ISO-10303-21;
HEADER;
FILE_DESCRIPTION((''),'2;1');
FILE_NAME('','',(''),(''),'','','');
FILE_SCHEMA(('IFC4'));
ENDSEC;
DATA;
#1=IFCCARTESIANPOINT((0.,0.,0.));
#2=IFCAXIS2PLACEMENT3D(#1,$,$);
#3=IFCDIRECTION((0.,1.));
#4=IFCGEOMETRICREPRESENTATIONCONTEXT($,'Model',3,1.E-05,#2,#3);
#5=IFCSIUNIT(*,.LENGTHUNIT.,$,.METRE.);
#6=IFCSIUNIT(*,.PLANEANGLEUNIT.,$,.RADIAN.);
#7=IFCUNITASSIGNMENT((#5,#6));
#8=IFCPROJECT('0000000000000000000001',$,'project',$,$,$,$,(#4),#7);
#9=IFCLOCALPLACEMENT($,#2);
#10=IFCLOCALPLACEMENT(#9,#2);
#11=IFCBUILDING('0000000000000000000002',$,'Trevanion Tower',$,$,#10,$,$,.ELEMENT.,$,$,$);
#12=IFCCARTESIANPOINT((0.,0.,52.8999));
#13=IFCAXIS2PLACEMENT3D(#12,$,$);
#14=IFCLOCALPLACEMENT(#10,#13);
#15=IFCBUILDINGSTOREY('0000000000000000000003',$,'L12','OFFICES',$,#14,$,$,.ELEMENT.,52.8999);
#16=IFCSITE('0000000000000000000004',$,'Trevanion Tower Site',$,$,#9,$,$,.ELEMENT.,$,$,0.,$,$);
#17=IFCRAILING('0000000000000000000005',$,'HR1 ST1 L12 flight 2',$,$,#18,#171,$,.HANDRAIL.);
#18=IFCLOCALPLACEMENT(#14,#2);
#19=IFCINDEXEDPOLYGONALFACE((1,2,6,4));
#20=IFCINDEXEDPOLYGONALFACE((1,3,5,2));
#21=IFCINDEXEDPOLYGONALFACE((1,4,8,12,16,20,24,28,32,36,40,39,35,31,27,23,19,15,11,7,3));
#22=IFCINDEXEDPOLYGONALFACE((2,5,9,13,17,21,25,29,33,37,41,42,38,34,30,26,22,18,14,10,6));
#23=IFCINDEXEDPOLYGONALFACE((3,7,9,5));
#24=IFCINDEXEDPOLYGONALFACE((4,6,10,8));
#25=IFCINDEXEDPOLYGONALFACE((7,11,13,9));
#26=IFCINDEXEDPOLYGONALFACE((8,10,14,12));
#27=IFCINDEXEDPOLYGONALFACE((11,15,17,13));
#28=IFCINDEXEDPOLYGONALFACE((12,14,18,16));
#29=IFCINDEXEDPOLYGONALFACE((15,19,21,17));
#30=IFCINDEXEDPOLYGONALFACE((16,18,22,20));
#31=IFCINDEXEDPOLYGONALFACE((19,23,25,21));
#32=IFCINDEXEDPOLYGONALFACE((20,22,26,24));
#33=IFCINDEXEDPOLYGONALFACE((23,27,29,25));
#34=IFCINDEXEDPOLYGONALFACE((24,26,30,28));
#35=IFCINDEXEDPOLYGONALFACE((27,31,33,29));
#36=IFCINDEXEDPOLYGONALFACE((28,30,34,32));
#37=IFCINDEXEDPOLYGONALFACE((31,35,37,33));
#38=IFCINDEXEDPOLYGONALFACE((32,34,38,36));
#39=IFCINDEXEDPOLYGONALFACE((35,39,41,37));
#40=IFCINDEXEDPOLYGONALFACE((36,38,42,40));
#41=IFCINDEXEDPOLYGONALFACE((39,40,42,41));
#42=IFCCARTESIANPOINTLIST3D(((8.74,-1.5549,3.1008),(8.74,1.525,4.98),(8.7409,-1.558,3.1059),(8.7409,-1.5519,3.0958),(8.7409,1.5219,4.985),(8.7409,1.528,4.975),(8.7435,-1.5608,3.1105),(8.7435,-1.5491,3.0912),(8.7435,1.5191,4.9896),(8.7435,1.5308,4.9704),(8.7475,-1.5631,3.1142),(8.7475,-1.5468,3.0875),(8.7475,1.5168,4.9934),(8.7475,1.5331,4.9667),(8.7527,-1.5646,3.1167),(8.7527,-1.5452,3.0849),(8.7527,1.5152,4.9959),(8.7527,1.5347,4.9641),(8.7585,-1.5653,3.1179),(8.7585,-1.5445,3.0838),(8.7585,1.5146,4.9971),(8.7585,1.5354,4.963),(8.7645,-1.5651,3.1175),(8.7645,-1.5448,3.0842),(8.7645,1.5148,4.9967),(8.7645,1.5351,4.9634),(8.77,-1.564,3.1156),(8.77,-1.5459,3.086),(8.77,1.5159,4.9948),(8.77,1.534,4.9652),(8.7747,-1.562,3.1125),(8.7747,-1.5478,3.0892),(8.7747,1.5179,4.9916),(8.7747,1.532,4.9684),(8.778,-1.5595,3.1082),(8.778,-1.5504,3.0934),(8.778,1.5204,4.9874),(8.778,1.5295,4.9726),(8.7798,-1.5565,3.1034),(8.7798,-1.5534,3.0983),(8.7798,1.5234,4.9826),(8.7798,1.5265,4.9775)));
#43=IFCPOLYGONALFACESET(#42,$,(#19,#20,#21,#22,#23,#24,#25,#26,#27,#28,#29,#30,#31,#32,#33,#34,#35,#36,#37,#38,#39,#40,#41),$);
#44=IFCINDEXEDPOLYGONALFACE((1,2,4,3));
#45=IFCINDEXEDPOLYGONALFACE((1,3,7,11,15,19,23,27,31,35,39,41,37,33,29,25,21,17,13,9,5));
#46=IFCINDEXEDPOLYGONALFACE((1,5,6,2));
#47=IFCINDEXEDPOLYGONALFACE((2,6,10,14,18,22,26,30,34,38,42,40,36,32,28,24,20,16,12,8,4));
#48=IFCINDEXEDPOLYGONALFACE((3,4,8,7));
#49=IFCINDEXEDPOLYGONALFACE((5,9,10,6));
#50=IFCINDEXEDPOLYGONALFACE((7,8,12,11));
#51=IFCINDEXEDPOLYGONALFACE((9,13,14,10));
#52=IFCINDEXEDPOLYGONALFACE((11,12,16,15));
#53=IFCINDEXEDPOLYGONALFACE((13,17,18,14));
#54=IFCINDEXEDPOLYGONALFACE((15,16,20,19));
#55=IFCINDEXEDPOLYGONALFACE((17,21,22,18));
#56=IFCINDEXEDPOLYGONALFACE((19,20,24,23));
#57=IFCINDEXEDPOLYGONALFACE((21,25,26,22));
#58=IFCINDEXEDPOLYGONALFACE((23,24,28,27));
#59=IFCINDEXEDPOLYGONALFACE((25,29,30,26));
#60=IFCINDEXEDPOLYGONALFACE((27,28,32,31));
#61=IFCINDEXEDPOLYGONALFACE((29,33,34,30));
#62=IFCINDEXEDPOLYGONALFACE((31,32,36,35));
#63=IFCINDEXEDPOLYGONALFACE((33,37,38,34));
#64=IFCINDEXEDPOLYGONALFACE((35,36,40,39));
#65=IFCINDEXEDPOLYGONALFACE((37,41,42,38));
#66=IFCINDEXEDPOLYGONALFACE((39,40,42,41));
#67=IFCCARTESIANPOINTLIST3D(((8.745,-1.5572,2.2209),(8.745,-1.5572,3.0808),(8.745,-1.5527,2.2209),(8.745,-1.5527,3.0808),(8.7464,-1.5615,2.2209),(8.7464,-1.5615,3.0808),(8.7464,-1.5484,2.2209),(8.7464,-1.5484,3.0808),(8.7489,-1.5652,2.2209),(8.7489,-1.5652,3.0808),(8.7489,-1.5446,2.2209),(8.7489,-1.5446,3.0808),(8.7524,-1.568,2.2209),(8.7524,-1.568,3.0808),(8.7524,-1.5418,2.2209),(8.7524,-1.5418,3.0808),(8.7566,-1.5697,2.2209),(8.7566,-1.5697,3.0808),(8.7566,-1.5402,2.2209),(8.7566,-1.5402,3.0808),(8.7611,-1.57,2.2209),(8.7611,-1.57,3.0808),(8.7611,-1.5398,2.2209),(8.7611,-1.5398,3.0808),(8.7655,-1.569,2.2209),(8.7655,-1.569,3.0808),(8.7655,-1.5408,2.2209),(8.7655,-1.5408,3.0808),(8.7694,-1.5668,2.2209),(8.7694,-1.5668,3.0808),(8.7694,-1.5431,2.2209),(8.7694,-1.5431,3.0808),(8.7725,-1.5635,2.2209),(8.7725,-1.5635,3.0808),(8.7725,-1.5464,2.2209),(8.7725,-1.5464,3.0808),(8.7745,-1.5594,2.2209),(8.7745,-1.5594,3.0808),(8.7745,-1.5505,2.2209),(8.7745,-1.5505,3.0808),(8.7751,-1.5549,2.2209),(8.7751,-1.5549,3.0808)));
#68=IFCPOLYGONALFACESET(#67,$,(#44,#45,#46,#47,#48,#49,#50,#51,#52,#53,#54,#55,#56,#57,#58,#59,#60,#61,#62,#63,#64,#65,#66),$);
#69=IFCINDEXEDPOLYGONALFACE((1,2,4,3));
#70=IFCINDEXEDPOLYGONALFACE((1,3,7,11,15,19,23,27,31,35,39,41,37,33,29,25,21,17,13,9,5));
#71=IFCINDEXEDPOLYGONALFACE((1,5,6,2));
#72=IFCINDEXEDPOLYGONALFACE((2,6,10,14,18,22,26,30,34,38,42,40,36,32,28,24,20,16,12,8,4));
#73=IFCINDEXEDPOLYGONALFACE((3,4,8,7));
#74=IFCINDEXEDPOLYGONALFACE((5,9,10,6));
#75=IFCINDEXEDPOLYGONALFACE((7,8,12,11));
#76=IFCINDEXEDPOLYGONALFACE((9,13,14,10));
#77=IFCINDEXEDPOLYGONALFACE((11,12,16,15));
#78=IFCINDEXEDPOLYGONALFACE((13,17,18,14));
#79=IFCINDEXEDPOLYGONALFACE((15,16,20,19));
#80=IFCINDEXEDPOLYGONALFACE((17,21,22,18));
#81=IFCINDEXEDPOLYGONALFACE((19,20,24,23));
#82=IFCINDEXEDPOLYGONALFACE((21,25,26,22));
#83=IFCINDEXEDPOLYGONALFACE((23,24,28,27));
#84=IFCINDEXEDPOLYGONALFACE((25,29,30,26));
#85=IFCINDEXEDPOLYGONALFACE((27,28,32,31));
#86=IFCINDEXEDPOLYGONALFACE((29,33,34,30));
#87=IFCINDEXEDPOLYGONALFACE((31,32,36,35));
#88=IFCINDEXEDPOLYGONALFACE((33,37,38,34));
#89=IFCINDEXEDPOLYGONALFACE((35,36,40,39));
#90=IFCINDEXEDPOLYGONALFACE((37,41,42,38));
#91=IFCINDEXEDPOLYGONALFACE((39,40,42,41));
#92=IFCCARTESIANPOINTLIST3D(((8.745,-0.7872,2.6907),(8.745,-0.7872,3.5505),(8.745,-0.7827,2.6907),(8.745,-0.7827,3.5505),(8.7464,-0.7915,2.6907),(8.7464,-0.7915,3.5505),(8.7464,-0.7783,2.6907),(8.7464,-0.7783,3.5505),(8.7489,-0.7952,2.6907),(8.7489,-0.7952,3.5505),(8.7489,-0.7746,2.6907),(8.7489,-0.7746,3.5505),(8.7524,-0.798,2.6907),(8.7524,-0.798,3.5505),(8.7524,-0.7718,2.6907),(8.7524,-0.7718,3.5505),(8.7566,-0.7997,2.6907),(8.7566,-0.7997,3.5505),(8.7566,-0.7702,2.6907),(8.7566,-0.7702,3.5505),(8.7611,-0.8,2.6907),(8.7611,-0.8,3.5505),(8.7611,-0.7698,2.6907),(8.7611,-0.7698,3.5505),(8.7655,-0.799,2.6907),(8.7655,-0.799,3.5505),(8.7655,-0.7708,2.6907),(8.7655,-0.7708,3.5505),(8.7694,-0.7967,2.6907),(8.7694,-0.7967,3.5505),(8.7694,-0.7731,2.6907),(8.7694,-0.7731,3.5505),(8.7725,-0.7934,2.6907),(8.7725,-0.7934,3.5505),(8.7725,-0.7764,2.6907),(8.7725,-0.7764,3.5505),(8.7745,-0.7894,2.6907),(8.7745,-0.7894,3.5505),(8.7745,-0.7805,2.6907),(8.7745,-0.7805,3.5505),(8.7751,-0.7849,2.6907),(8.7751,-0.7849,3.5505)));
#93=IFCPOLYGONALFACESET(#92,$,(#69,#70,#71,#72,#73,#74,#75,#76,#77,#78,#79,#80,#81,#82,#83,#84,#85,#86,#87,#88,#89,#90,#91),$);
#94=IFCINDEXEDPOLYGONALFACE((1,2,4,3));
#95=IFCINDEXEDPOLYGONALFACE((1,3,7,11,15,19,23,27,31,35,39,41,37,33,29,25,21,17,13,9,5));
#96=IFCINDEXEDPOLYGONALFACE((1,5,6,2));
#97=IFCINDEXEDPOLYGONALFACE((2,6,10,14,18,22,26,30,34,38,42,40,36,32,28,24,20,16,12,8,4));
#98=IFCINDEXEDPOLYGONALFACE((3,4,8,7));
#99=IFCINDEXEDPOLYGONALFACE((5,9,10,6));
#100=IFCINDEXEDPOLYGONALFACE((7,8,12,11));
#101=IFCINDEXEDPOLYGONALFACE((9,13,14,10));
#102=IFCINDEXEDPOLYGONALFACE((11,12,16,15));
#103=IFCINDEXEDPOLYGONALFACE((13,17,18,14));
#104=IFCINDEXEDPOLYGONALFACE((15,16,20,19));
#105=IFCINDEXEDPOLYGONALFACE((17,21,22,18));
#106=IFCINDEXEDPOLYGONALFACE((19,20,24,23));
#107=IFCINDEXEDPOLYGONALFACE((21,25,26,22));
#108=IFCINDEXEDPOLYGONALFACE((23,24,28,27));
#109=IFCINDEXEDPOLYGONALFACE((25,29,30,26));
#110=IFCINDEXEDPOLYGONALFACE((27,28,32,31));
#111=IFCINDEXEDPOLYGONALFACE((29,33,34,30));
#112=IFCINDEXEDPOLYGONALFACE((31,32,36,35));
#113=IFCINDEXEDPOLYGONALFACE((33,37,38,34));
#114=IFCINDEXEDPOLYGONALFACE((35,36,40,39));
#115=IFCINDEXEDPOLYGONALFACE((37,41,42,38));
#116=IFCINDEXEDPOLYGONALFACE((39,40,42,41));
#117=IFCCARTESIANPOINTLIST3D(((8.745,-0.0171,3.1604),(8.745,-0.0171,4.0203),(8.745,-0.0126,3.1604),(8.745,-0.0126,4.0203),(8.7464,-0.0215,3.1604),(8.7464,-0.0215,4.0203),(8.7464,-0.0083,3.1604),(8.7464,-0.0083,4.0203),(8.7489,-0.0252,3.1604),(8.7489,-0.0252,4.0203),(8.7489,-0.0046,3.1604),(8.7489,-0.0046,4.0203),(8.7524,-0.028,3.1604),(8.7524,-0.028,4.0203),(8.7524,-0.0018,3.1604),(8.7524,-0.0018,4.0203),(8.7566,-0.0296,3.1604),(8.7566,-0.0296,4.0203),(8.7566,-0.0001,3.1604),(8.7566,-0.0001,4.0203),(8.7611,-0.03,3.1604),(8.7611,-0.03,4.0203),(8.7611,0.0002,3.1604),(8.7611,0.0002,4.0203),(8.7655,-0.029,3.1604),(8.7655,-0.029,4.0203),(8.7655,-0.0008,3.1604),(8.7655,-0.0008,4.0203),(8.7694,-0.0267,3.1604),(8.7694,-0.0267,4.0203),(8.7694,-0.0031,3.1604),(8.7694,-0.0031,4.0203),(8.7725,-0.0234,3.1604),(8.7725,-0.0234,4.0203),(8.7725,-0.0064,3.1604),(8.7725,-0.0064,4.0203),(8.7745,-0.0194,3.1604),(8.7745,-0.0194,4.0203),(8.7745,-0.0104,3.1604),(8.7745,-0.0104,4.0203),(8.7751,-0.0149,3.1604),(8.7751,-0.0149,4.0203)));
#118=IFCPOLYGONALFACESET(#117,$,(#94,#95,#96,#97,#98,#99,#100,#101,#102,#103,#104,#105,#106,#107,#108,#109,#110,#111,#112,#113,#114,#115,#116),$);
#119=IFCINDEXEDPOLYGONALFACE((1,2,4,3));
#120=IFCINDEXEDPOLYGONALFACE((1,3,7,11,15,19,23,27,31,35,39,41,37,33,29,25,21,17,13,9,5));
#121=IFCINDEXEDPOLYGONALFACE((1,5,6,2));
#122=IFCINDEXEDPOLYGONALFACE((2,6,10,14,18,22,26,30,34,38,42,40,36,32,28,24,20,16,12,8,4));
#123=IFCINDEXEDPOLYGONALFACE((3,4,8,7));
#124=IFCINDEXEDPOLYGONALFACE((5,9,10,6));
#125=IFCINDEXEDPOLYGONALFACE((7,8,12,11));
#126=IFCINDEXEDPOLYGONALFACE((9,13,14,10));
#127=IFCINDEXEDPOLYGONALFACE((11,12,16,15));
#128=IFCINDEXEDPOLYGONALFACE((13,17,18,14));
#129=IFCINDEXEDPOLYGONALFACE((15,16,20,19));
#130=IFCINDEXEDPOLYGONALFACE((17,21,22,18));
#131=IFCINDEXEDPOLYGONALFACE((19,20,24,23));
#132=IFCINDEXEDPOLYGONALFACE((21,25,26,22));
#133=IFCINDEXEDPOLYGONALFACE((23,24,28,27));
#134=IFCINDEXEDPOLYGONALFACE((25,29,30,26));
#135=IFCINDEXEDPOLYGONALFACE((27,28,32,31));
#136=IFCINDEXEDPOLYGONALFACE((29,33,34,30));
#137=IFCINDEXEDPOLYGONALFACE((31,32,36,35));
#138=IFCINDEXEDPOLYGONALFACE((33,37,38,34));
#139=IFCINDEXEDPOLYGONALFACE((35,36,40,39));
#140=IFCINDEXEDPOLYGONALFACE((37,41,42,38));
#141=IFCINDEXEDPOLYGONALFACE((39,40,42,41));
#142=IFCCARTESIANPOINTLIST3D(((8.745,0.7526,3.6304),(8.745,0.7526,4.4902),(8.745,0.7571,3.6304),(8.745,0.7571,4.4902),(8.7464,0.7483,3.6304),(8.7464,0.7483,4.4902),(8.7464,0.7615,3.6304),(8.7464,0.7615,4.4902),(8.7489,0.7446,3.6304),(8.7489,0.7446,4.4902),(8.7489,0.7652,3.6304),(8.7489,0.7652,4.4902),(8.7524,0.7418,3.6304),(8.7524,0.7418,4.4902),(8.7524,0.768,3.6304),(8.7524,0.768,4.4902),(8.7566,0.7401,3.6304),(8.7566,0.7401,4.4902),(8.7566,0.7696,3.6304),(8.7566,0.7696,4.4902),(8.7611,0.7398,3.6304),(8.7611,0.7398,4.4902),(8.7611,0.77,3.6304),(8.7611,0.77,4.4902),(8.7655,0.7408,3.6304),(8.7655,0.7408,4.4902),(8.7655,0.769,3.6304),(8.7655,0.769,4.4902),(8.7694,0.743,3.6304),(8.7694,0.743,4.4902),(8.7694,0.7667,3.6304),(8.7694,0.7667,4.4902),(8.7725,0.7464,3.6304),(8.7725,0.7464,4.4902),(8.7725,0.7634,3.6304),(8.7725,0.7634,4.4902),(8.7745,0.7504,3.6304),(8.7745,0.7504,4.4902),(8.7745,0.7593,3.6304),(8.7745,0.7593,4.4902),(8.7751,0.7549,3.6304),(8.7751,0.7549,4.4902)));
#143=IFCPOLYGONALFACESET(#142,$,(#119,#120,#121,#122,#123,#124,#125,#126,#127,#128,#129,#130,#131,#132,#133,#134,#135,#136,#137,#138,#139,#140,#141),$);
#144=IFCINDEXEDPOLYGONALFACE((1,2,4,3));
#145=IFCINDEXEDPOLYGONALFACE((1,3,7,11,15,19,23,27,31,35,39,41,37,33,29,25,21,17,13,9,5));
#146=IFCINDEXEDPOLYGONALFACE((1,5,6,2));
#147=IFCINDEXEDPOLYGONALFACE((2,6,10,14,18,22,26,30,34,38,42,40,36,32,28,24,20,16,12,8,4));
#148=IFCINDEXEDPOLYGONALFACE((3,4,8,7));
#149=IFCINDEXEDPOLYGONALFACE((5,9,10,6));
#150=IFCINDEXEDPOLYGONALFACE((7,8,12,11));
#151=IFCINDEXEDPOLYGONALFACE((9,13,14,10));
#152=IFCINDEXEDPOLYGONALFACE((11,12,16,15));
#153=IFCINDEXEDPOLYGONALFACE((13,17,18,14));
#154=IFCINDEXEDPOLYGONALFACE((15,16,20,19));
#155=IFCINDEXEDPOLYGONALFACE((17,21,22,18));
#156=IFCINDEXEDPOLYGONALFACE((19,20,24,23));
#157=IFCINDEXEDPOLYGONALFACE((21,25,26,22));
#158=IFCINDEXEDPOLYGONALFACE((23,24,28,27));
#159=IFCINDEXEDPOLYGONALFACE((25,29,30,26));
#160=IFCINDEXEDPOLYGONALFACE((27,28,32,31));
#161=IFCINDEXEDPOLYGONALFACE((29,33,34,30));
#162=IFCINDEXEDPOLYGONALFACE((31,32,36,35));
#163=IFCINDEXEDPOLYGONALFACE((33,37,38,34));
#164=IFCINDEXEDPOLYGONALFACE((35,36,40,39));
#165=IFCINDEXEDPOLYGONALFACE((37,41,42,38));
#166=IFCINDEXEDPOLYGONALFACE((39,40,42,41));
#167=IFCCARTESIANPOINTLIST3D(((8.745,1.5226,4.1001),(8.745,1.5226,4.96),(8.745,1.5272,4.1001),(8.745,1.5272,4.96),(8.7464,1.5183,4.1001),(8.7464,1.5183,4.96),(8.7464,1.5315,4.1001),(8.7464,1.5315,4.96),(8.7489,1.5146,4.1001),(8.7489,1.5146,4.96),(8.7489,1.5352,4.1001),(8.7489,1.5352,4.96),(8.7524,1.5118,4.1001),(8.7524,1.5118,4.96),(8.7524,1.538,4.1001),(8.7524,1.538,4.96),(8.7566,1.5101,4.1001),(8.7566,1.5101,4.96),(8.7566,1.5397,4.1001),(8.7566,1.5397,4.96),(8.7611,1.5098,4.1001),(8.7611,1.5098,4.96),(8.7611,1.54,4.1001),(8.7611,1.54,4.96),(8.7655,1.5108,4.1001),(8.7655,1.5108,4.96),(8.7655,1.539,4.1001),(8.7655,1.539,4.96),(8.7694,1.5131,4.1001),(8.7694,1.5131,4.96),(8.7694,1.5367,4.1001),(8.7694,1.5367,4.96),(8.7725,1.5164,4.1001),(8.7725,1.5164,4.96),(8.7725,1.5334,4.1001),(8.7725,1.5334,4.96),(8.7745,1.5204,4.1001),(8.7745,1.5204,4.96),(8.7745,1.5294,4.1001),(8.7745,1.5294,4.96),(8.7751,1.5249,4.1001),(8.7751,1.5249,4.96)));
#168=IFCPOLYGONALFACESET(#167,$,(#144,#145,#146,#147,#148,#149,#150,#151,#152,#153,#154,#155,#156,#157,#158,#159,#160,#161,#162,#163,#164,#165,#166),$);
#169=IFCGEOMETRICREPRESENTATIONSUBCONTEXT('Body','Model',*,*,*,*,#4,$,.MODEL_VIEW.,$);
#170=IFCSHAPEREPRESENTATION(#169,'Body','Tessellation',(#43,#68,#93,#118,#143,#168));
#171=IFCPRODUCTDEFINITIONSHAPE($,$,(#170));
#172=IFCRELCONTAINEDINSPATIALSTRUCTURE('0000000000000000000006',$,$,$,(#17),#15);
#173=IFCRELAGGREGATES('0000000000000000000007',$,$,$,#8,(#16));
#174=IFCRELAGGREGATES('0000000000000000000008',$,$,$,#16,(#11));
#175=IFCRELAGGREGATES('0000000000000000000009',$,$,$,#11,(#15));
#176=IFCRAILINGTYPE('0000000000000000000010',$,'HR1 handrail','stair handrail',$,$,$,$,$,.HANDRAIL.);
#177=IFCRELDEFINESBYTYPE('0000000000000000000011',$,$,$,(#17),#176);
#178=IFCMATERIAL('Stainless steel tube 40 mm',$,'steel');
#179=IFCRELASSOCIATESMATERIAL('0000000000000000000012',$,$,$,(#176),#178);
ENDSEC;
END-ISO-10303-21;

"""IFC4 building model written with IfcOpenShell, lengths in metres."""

from ifc_helpers import new_model, si_unit, direction, frame, origin, origin_2d, place, context, subcontext, project, spatial, circle, extrude, material, type_object, element, save


model = new_model("IFC4")

# Units and contexts
model_context = context("Model", 3, precision=1e-05, world=origin(), true_north=direction((0.0, 1.0)))
body_context = subcontext(model_context, "Body", "Model", "MODEL_VIEW")
ifc_project = project(units=[si_unit("LENGTHUNIT", "METRE"), si_unit("PLANEANGLEUNIT", "RADIAN")], contexts=[model_context])

# Site, building, storey
site_placement = place(None, origin())
site = spatial("IfcSite", under=ifc_project, at=site_placement, Name="Trevanion Tower Site", CompositionType="ELEMENT", RefElevation=0.0)
building_placement = place(site_placement, origin())
building = spatial("IfcBuilding", under=site, at=building_placement, Name="Trevanion Tower", CompositionType="ELEMENT")
storey_placement = place(building_placement, frame((0.0, 0.0, 52.8999)))
storey = spatial("IfcBuildingStorey", under=building, at=storey_placement, Name="L12", Description="OFFICES", CompositionType="ELEMENT", Elevation=52.8999)

# Railing
ifc_material_1 = material(Name="Stainless steel tube 40 mm", Category="steel")
railing_type = type_object("IfcRailingType", Name="HR1 handrail", Description="stair handrail", PredefinedType="HANDRAIL", material=ifc_material_1)
for number, where, name in (
    (1, (8.76, -1.5549, 2.2209), "HR1 ST1 L12 flight 2"),
):
    element("IfcRailing", number, at=place(storey_placement, frame(where)), inside=storey, type_object=railing_type, Name=name, PredefinedType="HANDRAIL", context=body_context, shape_type="SweptSolid", body=[
        extrude(circle(Radius=0.02, at=origin_2d()), frame((0.0, 0.0, 0.8799), z_axis=(0.0, 0.853648, 0.52085), x_axis=(-1.0, 0.0, 0.0)), (0.0, 0.0, 1.0), 3.6079),
        extrude(circle(Radius=0.0151, at=origin_2d()), origin(), (0.0, 0.0, 1.0), 0.8599),
        extrude(circle(Radius=0.0151, at=origin_2d()), frame((0.0, 0.77, 0.4697)), (0.0, 0.0, 1.0), 0.8599),
        extrude(circle(Radius=0.0151, at=origin_2d()), frame((0.0, 1.54, 0.9395)), (0.0, 0.0, 1.0), 0.8599),
        extrude(circle(Radius=0.0151, at=origin_2d()), frame((0.0, 2.3098, 1.4094)), (0.0, 0.0, 1.0), 0.8599),
        extrude(circle(Radius=0.0151, at=origin_2d()), frame((0.0, 3.0798, 1.8792)), (0.0, 0.0, 1.0), 0.8599),
    ])

save(model, "model.ifc")
